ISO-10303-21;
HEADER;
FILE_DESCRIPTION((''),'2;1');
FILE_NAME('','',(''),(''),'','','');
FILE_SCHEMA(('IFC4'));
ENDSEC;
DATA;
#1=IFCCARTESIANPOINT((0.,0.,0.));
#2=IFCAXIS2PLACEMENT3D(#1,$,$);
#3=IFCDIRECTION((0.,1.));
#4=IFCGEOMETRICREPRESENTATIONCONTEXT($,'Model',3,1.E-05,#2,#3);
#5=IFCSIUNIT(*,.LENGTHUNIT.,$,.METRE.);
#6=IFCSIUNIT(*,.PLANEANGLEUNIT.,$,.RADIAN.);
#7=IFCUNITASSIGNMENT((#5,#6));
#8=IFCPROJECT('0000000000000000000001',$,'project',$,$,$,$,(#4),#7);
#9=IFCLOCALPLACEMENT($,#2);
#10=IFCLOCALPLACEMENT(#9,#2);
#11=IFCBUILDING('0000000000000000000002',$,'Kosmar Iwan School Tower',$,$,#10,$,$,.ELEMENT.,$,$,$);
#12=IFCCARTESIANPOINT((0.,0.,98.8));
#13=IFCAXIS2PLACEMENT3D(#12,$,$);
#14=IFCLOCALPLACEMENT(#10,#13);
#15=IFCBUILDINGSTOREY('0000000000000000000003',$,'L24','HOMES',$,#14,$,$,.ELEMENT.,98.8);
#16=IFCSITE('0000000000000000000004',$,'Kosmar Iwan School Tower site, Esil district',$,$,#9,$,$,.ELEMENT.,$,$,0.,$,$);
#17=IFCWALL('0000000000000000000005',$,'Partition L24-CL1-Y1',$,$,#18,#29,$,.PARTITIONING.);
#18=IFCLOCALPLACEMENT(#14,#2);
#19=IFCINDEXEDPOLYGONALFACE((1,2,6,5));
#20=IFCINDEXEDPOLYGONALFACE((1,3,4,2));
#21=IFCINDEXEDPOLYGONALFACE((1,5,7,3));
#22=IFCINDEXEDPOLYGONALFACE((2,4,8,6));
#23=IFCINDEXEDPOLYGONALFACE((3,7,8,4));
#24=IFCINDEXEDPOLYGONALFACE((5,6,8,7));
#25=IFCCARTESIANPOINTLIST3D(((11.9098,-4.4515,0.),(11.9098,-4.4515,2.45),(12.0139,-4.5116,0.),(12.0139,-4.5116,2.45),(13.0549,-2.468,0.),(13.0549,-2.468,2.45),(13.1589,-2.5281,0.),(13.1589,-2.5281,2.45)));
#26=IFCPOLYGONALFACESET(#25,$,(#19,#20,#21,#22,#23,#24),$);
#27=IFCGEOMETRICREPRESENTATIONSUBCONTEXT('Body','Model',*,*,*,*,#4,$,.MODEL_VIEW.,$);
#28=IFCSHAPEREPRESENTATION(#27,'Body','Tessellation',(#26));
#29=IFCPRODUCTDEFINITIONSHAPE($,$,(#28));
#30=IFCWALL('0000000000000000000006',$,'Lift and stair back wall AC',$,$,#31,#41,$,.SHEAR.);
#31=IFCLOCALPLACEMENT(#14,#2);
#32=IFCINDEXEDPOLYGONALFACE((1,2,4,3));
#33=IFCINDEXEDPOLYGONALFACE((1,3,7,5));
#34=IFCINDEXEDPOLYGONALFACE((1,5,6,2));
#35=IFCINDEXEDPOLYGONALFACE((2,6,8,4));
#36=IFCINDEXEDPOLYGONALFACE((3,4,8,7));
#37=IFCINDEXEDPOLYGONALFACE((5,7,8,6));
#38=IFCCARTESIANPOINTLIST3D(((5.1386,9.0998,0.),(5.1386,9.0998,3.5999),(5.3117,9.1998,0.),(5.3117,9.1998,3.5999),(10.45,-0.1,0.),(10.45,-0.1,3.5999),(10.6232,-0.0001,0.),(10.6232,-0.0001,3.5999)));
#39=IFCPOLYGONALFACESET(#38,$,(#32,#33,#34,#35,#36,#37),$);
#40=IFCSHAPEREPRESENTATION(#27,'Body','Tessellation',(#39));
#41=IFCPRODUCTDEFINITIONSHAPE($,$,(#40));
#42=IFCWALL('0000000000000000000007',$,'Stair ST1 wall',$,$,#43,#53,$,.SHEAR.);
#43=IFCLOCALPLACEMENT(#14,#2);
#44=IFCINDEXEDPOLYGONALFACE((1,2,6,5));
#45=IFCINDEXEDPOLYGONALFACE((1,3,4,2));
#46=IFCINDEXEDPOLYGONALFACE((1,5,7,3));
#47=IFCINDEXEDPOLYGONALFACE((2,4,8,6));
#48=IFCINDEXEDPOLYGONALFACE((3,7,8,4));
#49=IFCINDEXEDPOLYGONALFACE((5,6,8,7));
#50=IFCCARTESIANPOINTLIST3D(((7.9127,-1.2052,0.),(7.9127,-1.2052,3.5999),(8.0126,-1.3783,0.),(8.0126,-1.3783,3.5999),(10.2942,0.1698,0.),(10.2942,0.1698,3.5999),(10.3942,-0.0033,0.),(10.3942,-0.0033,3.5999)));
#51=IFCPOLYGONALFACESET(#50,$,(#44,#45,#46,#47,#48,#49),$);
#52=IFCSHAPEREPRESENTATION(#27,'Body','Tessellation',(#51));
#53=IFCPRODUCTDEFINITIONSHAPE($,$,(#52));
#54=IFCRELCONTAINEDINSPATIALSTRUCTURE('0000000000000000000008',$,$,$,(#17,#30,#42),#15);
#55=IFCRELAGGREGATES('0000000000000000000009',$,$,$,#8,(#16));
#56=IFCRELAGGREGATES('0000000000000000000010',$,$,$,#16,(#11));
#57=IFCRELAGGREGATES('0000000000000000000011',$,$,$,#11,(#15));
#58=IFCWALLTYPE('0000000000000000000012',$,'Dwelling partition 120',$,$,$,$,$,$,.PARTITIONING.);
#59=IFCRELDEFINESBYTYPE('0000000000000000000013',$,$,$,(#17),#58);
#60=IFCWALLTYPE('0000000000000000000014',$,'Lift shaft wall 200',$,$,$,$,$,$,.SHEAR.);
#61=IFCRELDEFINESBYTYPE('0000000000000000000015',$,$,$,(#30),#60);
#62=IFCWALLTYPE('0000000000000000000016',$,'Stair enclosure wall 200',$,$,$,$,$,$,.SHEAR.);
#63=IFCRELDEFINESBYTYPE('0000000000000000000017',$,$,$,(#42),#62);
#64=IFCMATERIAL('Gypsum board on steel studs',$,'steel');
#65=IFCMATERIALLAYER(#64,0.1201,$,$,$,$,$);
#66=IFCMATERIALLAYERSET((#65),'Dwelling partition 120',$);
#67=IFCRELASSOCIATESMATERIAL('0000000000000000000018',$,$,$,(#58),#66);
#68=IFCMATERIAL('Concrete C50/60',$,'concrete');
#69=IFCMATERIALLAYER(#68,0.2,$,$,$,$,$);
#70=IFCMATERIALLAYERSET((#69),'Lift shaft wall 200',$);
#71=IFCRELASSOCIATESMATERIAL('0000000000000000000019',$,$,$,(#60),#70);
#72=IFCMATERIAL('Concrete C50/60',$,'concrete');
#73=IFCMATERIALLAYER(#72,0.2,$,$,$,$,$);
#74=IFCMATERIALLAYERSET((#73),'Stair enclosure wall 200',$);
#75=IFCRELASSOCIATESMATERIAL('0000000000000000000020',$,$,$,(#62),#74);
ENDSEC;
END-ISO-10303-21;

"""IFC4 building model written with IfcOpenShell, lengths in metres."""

from ifc_helpers import new_model, si_unit, direction, frame, frame_2d, origin, place, context, subcontext, project, spatial, rectangle, extrude, material, layer, layer_set, type_object, element, save


model = new_model("IFC4")

# Units and contexts
model_context = context("Model", 3, precision=1e-05, world=origin(), true_north=direction((0.0, 1.0)))
body_context = subcontext(model_context, "Body", "Model", "MODEL_VIEW")
ifc_project = project(units=[si_unit("LENGTHUNIT", "METRE"), si_unit("PLANEANGLEUNIT", "RADIAN")], contexts=[model_context])

# Site, building, storey
site_placement = place(None, origin())
site = spatial("IfcSite", under=ifc_project, at=site_placement, Name="Kosmar Iwan School Tower site, Esil district", CompositionType="ELEMENT", RefElevation=0.0)
building_placement = place(site_placement, origin())
building = spatial("IfcBuilding", under=site, at=building_placement, Name="Kosmar Iwan School Tower", CompositionType="ELEMENT")
storey_placement = place(building_placement, frame((0.0, 0.0, 98.8)))
storey = spatial("IfcBuildingStorey", under=building, at=storey_placement, Name="L24", Description="HOMES", CompositionType="ELEMENT", Elevation=98.8)

# Shared definitions
ifc_material_1 = material(Name="Gypsum board on steel studs", Category="steel")
ifc_layer_1 = layer(ifc_material_1, 0.1201)
ifc_layer_set_1 = layer_set([ifc_layer_1], Name="Dwelling partition 120")
wall_type_1 = type_object("IfcWallType", Name="Dwelling partition 120", PredefinedType="PARTITIONING", material=ifc_layer_set_1)

# Walls
wall_1_placement = place(storey_placement, frame((11.9619, -4.4814, 0.0), z_axis=(0.0, 0.0, 1.0), x_axis=(0.499969, 0.866044, 0.0)))
element("IfcWall", 1, at=wall_1_placement, inside=storey, type_object=wall_type_1, Name="Partition L24-CL1-Y1", PredefinedType="PARTITIONING", context=body_context, shape_type="SweptSolid", body=[
    extrude(rectangle(XDim=2.2903, YDim=0.1201, at=frame_2d((1.145, 0.0))), origin(), (0.0, 0.0, 1.0), 2.45),
])
ifc_material_2 = material(Name="Concrete C50/60", Category="concrete")
ifc_layer_2 = layer(ifc_material_2, 0.2)
ifc_layer_set_2 = layer_set([ifc_layer_2], Name="Lift shaft wall 200")
wall_type_2 = type_object("IfcWallType", Name="Lift shaft wall 200", PredefinedType="SHEAR", material=ifc_layer_set_2)
wall_2_placement = place(storey_placement, frame((10.5366, -0.05, 0.0), z_axis=(0.0, 0.0, 1.0), x_axis=(-0.499995, 0.866028, 0.0)))
element("IfcWall", 2, at=wall_2_placement, inside=storey, type_object=wall_type_2, Name="Lift and stair back wall AC", PredefinedType="SHEAR", context=body_context, shape_type="SweptSolid", body=[
    extrude(rectangle(XDim=10.623, YDim=0.2, at=frame_2d((5.3115, 0.0))), origin(), (0.0, 0.0, 1.0), 3.5999),
])
ifc_material_3 = material(Name="Concrete C50/60", Category="concrete")
ifc_layer_3 = layer(ifc_material_3, 0.2)
ifc_layer_set_3 = layer_set([ifc_layer_3], Name="Stair enclosure wall 200")
wall_type_3 = type_object("IfcWallType", Name="Stair enclosure wall 200", PredefinedType="SHEAR", material=ifc_layer_set_3)
wall_3_placement = place(storey_placement, frame((7.9626, -1.2917, 0.0), z_axis=(0.0, 0.0, 1.0), x_axis=(0.866027, 0.499997, 0.0)))
element("IfcWall", 3, at=wall_3_placement, inside=storey, type_object=wall_type_3, Name="Stair ST1 wall", PredefinedType="SHEAR", context=body_context, shape_type="SweptSolid", body=[
    extrude(rectangle(XDim=2.75, YDim=0.2, at=frame_2d((1.375, 0.0))), origin(), (0.0, 0.0, 1.0), 3.5999),
])

save(model, "model.ifc")
